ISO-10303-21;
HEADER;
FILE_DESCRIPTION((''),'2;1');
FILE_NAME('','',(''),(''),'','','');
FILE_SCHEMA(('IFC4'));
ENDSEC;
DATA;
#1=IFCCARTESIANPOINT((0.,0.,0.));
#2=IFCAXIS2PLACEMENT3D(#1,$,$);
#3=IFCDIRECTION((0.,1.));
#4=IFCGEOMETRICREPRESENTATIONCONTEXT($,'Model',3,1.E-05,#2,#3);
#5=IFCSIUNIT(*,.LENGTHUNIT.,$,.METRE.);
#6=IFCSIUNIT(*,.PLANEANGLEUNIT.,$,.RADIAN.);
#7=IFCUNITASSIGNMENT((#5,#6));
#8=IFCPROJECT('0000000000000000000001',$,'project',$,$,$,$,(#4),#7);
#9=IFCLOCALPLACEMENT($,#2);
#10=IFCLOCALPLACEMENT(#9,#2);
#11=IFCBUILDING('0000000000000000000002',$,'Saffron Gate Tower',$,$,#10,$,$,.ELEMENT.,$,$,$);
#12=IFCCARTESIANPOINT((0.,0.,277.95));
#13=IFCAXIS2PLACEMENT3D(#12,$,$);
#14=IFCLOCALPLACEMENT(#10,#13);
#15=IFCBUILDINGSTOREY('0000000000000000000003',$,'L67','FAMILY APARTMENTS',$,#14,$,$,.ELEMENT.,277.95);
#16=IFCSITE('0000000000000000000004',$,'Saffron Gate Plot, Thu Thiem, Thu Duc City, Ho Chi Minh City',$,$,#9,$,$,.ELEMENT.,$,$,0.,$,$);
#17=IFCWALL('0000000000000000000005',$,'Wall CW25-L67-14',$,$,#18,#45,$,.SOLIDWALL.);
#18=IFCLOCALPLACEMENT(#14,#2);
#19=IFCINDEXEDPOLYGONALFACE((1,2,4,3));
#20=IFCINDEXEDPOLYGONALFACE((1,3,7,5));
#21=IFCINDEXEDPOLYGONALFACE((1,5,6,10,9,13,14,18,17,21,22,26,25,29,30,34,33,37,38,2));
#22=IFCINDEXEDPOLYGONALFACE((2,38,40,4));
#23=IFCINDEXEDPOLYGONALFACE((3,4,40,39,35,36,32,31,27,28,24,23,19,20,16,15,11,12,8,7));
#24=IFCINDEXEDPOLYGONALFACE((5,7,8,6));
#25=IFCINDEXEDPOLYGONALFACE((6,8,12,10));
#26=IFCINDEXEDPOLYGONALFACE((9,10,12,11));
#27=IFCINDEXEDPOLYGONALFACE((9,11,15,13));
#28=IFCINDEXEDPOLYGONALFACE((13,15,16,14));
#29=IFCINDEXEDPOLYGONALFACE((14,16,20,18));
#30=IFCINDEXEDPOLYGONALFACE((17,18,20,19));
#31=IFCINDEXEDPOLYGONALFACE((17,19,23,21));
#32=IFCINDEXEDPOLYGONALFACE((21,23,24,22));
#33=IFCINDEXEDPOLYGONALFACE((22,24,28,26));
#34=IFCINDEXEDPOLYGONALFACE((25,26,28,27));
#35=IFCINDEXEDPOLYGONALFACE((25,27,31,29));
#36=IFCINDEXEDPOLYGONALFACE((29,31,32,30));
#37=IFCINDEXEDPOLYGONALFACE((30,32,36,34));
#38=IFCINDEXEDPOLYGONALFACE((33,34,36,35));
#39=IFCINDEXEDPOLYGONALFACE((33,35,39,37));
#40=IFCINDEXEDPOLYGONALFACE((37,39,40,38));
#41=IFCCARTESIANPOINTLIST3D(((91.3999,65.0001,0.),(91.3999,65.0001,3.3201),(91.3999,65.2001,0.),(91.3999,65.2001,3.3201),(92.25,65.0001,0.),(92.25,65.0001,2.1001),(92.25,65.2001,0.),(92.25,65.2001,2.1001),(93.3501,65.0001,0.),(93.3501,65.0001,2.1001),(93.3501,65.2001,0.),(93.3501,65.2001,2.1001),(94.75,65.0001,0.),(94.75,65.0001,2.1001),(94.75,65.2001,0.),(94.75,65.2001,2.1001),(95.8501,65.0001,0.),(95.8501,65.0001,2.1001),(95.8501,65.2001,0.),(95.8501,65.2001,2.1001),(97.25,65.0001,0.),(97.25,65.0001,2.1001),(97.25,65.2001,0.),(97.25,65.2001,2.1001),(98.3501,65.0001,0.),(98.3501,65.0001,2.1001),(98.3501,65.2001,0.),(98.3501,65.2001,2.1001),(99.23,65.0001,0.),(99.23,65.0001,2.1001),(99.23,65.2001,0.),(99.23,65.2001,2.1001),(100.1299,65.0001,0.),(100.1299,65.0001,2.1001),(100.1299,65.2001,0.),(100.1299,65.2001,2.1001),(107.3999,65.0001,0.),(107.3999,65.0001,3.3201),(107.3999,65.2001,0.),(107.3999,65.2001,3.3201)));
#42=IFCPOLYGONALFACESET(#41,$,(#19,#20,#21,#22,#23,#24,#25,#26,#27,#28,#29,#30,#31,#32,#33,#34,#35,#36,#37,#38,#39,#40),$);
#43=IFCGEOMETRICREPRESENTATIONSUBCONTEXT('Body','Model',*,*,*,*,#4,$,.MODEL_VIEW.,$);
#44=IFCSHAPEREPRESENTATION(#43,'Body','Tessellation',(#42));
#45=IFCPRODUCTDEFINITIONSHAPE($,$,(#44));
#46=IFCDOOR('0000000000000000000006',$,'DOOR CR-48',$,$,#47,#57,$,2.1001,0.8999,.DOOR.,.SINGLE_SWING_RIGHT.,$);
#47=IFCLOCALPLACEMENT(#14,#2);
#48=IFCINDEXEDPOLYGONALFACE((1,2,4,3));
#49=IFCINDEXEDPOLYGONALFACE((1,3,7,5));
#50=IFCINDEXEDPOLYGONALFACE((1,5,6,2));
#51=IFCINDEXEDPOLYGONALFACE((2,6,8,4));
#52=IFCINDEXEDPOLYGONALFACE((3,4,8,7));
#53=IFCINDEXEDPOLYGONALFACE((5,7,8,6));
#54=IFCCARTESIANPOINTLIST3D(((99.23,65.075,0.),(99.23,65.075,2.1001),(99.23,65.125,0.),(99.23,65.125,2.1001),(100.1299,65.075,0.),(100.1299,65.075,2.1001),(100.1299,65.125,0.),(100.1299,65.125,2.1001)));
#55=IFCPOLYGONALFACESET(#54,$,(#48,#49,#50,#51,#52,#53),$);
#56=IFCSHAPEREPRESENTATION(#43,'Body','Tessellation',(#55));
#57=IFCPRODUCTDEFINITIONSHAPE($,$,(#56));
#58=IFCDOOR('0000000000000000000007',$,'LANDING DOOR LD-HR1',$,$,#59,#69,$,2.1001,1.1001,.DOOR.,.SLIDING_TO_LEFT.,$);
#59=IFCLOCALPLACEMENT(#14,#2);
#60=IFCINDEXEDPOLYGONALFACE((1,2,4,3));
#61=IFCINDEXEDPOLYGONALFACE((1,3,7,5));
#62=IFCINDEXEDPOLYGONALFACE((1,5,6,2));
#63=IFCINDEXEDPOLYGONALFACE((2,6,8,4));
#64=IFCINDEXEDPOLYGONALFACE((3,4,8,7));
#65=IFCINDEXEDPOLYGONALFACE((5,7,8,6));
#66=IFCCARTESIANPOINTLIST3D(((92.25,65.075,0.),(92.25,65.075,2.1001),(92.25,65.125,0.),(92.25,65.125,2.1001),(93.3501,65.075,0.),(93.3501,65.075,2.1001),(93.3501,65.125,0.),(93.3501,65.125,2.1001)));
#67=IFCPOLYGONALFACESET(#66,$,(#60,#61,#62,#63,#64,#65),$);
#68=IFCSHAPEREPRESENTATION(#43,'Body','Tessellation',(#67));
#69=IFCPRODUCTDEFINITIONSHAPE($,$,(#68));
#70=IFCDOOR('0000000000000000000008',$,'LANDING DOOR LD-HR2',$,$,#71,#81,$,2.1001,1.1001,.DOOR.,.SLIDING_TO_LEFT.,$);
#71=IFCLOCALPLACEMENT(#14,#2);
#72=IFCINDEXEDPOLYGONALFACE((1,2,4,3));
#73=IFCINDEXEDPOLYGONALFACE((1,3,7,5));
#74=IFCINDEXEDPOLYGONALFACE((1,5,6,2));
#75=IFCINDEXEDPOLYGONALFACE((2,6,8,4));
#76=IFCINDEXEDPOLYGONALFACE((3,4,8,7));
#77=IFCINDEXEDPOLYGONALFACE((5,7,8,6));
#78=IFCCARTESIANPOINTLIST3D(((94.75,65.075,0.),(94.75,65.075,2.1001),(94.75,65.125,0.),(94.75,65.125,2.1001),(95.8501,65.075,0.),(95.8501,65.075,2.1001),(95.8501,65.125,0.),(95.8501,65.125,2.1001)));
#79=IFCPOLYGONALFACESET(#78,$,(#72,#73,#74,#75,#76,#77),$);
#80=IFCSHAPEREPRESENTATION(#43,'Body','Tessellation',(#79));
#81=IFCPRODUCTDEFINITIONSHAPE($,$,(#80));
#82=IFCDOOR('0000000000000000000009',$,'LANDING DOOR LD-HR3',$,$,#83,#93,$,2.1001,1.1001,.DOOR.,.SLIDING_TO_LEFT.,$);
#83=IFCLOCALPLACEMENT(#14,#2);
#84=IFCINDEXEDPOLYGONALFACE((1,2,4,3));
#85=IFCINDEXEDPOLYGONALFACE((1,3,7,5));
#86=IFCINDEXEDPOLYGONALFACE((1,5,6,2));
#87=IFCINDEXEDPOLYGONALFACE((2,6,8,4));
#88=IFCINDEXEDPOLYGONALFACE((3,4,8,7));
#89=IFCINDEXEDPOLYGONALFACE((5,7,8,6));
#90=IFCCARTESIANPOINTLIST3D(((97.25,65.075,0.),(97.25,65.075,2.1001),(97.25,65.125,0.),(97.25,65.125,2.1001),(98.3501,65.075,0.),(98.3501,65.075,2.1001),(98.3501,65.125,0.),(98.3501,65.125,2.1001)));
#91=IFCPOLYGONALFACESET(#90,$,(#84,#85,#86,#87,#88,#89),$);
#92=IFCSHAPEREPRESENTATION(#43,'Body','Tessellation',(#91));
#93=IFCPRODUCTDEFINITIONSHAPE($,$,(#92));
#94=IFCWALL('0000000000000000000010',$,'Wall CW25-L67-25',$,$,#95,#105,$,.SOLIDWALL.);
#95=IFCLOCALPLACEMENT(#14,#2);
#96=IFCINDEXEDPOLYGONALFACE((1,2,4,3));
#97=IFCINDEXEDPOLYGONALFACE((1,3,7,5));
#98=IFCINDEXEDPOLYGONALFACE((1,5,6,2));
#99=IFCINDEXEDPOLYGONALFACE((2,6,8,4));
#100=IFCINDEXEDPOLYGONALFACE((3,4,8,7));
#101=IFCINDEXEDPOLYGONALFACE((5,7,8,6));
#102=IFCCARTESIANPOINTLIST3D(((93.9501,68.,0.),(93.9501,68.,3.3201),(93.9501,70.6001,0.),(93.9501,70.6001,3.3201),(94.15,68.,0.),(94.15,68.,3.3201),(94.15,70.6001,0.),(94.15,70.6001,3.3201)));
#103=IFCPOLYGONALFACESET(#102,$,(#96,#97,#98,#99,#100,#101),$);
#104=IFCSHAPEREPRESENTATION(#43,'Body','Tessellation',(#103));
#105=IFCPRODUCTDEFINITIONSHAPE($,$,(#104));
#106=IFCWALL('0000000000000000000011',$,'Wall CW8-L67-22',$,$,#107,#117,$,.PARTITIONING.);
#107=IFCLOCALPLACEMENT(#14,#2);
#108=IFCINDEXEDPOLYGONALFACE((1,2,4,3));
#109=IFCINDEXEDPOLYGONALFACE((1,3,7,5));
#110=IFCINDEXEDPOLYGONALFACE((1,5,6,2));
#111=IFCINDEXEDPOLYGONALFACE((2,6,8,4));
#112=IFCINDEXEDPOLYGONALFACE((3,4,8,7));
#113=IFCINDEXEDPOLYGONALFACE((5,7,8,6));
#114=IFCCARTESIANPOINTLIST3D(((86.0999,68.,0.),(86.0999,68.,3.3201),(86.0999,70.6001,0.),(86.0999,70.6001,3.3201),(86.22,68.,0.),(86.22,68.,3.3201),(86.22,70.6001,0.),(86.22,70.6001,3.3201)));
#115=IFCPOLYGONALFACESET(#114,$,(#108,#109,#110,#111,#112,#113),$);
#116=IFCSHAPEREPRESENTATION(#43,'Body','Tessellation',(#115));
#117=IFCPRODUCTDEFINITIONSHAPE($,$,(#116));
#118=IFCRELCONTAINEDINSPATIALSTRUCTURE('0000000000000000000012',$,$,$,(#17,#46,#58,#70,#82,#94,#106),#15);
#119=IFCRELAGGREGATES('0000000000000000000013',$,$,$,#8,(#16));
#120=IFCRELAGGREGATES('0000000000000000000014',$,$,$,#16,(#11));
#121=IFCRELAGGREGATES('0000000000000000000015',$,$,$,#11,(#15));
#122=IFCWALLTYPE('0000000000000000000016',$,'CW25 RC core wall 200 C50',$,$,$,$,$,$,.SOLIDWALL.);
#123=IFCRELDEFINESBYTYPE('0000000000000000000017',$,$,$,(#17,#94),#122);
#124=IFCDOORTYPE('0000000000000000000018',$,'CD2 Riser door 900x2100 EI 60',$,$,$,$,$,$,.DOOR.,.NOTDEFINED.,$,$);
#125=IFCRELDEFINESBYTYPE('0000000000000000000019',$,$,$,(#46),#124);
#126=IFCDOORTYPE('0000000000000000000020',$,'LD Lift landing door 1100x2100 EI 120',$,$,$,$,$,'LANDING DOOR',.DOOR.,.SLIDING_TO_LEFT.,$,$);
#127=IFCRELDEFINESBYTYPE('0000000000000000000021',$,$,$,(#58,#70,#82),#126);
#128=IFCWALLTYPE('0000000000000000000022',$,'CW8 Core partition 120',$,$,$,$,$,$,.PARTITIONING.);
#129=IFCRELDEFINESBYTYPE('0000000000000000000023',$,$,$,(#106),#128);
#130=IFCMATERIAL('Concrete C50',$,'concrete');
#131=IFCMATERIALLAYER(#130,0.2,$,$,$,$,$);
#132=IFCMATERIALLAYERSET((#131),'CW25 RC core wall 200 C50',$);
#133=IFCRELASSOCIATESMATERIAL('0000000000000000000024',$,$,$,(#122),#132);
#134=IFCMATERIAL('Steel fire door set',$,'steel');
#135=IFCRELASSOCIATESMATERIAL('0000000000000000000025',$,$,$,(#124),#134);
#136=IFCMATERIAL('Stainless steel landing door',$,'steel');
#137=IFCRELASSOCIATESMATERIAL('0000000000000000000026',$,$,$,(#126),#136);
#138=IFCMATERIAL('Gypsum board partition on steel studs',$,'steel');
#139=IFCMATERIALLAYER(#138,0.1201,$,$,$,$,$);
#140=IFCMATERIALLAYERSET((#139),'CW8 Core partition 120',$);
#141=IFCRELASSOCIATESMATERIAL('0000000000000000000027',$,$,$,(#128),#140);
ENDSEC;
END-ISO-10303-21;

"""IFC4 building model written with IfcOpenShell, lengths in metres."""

from ifc_helpers import new_model, si_unit, direction, frame, frame_2d, origin, place, context, subcontext, project, spatial, rectangle, extrude, material, layer, layer_set, type_object, element, fill, save


model = new_model("IFC4")

# Units and contexts
model_context = context("Model", 3, precision=1e-05, world=origin(), true_north=direction((0.0, 1.0)))
body_context = subcontext(model_context, "Body", "Model", "MODEL_VIEW")
ifc_project = project(units=[si_unit("LENGTHUNIT", "METRE"), si_unit("PLANEANGLEUNIT", "RADIAN")], contexts=[model_context])

# Site, building, storey
site_placement = place(None, origin())
site = spatial("IfcSite", under=ifc_project, at=site_placement, Name="Saffron Gate Plot, Thu Thiem, Thu Duc City, Ho Chi Minh City", CompositionType="ELEMENT", RefElevation=0.0)
building_placement = place(site_placement, origin())
building = spatial("IfcBuilding", under=site, at=building_placement, Name="Saffron Gate Tower", CompositionType="ELEMENT")
storey_placement = place(building_placement, frame((0.0, 0.0, 277.95)))
storey = spatial("IfcBuildingStorey", under=building, at=storey_placement, Name="L67", Description="FAMILY APARTMENTS", CompositionType="ELEMENT", Elevation=277.95)

# Shared definitions
ifc_material_1 = material(Name="Gypsum board partition on steel studs", Category="steel")
ifc_material_2 = material(Name="Concrete C50", Category="concrete")

# Shared definitions
ifc_material_3 = material(Name="Steel fire door set", Category="steel")

# Shared definitions
ifc_layer_1 = layer(ifc_material_2, 0.2)
ifc_layer_set_1 = layer_set([ifc_layer_1], Name="CW25 RC core wall 200 C50")
wall_type_1 = type_object("IfcWallType", Name="CW25 RC core wall 200 C50", PredefinedType="SOLIDWALL", material=ifc_layer_set_1)

# Wall, openings, doors
wall_1_placement = place(storey_placement, frame((91.3999, 65.1001, 0.0), z_axis=(0.0, 0.0, 1.0), x_axis=(1.0, 0.0, 0.0)))
wall_1 = element("IfcWall", 1, at=wall_1_placement, inside=storey, type_object=wall_type_1, Name="Wall CW25-L67-14", PredefinedType="SOLIDWALL", context=body_context, shape_type="SweptSolid", body=[
    extrude(rectangle(XDim=16.0, YDim=0.2, at=frame_2d((8.0, 0.0))), origin(), (0.0, 0.0, 1.0), 3.3201),
])
opening_1_placement = place(wall_1_placement, frame((0.8501, 0.0, 0.0)))
opening_1 = element("IfcOpeningElement", 2, at=opening_1_placement, cuts=wall_1, PredefinedType="OPENING", context=body_context, shape_type="SweptSolid", body=[
    extrude(rectangle(XDim=1.1001, YDim=2.1001, at=frame_2d((0.55, 1.05))), frame((0.0, 0.1099, 0.0), z_axis=(0.0, -1.0, 0.0), x_axis=(1.0, 0.0, 0.0)), (0.0, 0.0, 1.0), 0.22),
])
opening_2_placement = place(wall_1_placement, frame((3.3501, 0.0, 0.0)))
opening_2 = element("IfcOpeningElement", 3, at=opening_2_placement, cuts=wall_1, PredefinedType="OPENING", context=body_context, shape_type="SweptSolid", body=[
    extrude(rectangle(XDim=1.1001, YDim=2.1001, at=frame_2d((0.55, 1.05))), frame((0.0, 0.1099, 0.0), z_axis=(0.0, -1.0, 0.0), x_axis=(1.0, 0.0, 0.0)), (0.0, 0.0, 1.0), 0.22),
])
opening_3_placement = place(wall_1_placement, frame((5.8501, 0.0, 0.0)))
opening_3 = element("IfcOpeningElement", 4, at=opening_3_placement, cuts=wall_1, PredefinedType="OPENING", context=body_context, shape_type="SweptSolid", body=[
    extrude(rectangle(XDim=1.1001, YDim=2.1001, at=frame_2d((0.55, 1.05))), frame((0.0, 0.1099, 0.0), z_axis=(0.0, -1.0, 0.0), x_axis=(1.0, 0.0, 0.0)), (0.0, 0.0, 1.0), 0.22),
])
opening_4_placement = place(wall_1_placement, frame((7.8301, 0.0, 0.0)))
opening_4 = element("IfcOpeningElement", 5, at=opening_4_placement, cuts=wall_1, PredefinedType="OPENING", context=body_context, shape_type="SweptSolid", body=[
    extrude(rectangle(XDim=0.8999, YDim=2.1001, at=frame_2d((0.45, 1.05))), frame((0.0, 0.1099, 0.0), z_axis=(0.0, -1.0, 0.0), x_axis=(1.0, 0.0, 0.0)), (0.0, 0.0, 1.0), 0.22),
])
door_type_1 = type_object("IfcDoorType", Name="CD2 Riser door 900x2100 EI 60", OperationType="NOTDEFINED", PredefinedType="DOOR", material=ifc_material_3)
door_1_placement = place(opening_4_placement, origin())
door_1 = element("IfcDoor", 6, at=door_1_placement, inside=storey, type_object=door_type_1, Name="DOOR CR-48", OperationType="SINGLE_SWING_RIGHT", OverallHeight=2.1001, OverallWidth=0.8999, PredefinedType="DOOR", context=body_context, shape_type="SweptSolid", body=[
    extrude(rectangle(XDim=0.8999, YDim=2.1001, at=frame_2d((0.45, 1.05))), frame((0.0, 0.0249, 0.0), z_axis=(0.0, -1.0, 0.0), x_axis=(1.0, 0.0, 0.0)), (0.0, 0.0, 1.0), 0.05),
])
fill(opening_4, door_1)
ifc_material_4 = material(Name="Stainless steel landing door", Category="steel")
door_type_2 = type_object("IfcDoorType", Name="LD Lift landing door 1100x2100 EI 120", ElementType="LANDING DOOR", OperationType="SLIDING_TO_LEFT", PredefinedType="DOOR", material=ifc_material_4)
door_2_placement = place(opening_1_placement, origin())
door_2 = element("IfcDoor", 7, at=door_2_placement, inside=storey, type_object=door_type_2, Name="LANDING DOOR LD-HR1", OperationType="SLIDING_TO_LEFT", OverallHeight=2.1001, OverallWidth=1.1001, PredefinedType="DOOR", context=body_context, shape_type="SweptSolid", body=[
    extrude(rectangle(XDim=1.1001, YDim=2.1001, at=frame_2d((0.55, 1.05))), frame((0.0, 0.0249, 0.0), z_axis=(0.0, -1.0, 0.0), x_axis=(1.0, 0.0, 0.0)), (0.0, 0.0, 1.0), 0.05),
])
fill(opening_1, door_2)
door_3_placement = place(opening_2_placement, origin())
door_3 = element("IfcDoor", 8, at=door_3_placement, inside=storey, type_object=door_type_2, Name="LANDING DOOR LD-HR2", OperationType="SLIDING_TO_LEFT", OverallHeight=2.1001, OverallWidth=1.1001, PredefinedType="DOOR", context=body_context, shape_type="SweptSolid", body=[
    extrude(rectangle(XDim=1.1001, YDim=2.1001, at=frame_2d((0.55, 1.05))), frame((0.0, 0.0249, 0.0), z_axis=(0.0, -1.0, 0.0), x_axis=(1.0, 0.0, 0.0)), (0.0, 0.0, 1.0), 0.05),
])
fill(opening_2, door_3)
door_4_placement = place(opening_3_placement, origin())
door_4 = element("IfcDoor", 9, at=door_4_placement, inside=storey, type_object=door_type_2, Name="LANDING DOOR LD-HR3", OperationType="SLIDING_TO_LEFT", OverallHeight=2.1001, OverallWidth=1.1001, PredefinedType="DOOR", context=body_context, shape_type="SweptSolid", body=[
    extrude(rectangle(XDim=1.1001, YDim=2.1001, at=frame_2d((0.55, 1.05))), frame((0.0, 0.0249, 0.0), z_axis=(0.0, -1.0, 0.0), x_axis=(1.0, 0.0, 0.0)), (0.0, 0.0, 1.0), 0.05),
])
fill(opening_3, door_4)

# Walls
wall_2_placement = place(storey_placement, frame((94.05, 68.0, 0.0), z_axis=(0.0, 0.0, 1.0), x_axis=(0.0, 1.0, 0.0)))
element("IfcWall", 10, at=wall_2_placement, inside=storey, type_object=wall_type_1, Name="Wall CW25-L67-25", PredefinedType="SOLIDWALL", context=body_context, shape_type="SweptSolid", body=[
    extrude(rectangle(XDim=2.6001, YDim=0.2, at=frame_2d((1.3, 0.0))), origin(), (0.0, 0.0, 1.0), 3.3201),
])
ifc_layer_2 = layer(ifc_material_1, 0.1201)
ifc_layer_set_2 = layer_set([ifc_layer_2], Name="CW8 Core partition 120")
wall_type_2 = type_object("IfcWallType", Name="CW8 Core partition 120", PredefinedType="PARTITIONING", material=ifc_layer_set_2)
wall_3_placement = place(storey_placement, frame((86.1599, 68.0, 0.0), z_axis=(0.0, 0.0, 1.0), x_axis=(0.0, 1.0, 0.0)))
element("IfcWall", 11, at=wall_3_placement, inside=storey, type_object=wall_type_2, Name="Wall CW8-L67-22", PredefinedType="PARTITIONING", context=body_context, shape_type="SweptSolid", body=[
    extrude(rectangle(XDim=2.6001, YDim=0.1201, at=frame_2d((1.3, 0.0))), origin(), (0.0, 0.0, 1.0), 3.3201),
])

save(model, "model.ifc")
